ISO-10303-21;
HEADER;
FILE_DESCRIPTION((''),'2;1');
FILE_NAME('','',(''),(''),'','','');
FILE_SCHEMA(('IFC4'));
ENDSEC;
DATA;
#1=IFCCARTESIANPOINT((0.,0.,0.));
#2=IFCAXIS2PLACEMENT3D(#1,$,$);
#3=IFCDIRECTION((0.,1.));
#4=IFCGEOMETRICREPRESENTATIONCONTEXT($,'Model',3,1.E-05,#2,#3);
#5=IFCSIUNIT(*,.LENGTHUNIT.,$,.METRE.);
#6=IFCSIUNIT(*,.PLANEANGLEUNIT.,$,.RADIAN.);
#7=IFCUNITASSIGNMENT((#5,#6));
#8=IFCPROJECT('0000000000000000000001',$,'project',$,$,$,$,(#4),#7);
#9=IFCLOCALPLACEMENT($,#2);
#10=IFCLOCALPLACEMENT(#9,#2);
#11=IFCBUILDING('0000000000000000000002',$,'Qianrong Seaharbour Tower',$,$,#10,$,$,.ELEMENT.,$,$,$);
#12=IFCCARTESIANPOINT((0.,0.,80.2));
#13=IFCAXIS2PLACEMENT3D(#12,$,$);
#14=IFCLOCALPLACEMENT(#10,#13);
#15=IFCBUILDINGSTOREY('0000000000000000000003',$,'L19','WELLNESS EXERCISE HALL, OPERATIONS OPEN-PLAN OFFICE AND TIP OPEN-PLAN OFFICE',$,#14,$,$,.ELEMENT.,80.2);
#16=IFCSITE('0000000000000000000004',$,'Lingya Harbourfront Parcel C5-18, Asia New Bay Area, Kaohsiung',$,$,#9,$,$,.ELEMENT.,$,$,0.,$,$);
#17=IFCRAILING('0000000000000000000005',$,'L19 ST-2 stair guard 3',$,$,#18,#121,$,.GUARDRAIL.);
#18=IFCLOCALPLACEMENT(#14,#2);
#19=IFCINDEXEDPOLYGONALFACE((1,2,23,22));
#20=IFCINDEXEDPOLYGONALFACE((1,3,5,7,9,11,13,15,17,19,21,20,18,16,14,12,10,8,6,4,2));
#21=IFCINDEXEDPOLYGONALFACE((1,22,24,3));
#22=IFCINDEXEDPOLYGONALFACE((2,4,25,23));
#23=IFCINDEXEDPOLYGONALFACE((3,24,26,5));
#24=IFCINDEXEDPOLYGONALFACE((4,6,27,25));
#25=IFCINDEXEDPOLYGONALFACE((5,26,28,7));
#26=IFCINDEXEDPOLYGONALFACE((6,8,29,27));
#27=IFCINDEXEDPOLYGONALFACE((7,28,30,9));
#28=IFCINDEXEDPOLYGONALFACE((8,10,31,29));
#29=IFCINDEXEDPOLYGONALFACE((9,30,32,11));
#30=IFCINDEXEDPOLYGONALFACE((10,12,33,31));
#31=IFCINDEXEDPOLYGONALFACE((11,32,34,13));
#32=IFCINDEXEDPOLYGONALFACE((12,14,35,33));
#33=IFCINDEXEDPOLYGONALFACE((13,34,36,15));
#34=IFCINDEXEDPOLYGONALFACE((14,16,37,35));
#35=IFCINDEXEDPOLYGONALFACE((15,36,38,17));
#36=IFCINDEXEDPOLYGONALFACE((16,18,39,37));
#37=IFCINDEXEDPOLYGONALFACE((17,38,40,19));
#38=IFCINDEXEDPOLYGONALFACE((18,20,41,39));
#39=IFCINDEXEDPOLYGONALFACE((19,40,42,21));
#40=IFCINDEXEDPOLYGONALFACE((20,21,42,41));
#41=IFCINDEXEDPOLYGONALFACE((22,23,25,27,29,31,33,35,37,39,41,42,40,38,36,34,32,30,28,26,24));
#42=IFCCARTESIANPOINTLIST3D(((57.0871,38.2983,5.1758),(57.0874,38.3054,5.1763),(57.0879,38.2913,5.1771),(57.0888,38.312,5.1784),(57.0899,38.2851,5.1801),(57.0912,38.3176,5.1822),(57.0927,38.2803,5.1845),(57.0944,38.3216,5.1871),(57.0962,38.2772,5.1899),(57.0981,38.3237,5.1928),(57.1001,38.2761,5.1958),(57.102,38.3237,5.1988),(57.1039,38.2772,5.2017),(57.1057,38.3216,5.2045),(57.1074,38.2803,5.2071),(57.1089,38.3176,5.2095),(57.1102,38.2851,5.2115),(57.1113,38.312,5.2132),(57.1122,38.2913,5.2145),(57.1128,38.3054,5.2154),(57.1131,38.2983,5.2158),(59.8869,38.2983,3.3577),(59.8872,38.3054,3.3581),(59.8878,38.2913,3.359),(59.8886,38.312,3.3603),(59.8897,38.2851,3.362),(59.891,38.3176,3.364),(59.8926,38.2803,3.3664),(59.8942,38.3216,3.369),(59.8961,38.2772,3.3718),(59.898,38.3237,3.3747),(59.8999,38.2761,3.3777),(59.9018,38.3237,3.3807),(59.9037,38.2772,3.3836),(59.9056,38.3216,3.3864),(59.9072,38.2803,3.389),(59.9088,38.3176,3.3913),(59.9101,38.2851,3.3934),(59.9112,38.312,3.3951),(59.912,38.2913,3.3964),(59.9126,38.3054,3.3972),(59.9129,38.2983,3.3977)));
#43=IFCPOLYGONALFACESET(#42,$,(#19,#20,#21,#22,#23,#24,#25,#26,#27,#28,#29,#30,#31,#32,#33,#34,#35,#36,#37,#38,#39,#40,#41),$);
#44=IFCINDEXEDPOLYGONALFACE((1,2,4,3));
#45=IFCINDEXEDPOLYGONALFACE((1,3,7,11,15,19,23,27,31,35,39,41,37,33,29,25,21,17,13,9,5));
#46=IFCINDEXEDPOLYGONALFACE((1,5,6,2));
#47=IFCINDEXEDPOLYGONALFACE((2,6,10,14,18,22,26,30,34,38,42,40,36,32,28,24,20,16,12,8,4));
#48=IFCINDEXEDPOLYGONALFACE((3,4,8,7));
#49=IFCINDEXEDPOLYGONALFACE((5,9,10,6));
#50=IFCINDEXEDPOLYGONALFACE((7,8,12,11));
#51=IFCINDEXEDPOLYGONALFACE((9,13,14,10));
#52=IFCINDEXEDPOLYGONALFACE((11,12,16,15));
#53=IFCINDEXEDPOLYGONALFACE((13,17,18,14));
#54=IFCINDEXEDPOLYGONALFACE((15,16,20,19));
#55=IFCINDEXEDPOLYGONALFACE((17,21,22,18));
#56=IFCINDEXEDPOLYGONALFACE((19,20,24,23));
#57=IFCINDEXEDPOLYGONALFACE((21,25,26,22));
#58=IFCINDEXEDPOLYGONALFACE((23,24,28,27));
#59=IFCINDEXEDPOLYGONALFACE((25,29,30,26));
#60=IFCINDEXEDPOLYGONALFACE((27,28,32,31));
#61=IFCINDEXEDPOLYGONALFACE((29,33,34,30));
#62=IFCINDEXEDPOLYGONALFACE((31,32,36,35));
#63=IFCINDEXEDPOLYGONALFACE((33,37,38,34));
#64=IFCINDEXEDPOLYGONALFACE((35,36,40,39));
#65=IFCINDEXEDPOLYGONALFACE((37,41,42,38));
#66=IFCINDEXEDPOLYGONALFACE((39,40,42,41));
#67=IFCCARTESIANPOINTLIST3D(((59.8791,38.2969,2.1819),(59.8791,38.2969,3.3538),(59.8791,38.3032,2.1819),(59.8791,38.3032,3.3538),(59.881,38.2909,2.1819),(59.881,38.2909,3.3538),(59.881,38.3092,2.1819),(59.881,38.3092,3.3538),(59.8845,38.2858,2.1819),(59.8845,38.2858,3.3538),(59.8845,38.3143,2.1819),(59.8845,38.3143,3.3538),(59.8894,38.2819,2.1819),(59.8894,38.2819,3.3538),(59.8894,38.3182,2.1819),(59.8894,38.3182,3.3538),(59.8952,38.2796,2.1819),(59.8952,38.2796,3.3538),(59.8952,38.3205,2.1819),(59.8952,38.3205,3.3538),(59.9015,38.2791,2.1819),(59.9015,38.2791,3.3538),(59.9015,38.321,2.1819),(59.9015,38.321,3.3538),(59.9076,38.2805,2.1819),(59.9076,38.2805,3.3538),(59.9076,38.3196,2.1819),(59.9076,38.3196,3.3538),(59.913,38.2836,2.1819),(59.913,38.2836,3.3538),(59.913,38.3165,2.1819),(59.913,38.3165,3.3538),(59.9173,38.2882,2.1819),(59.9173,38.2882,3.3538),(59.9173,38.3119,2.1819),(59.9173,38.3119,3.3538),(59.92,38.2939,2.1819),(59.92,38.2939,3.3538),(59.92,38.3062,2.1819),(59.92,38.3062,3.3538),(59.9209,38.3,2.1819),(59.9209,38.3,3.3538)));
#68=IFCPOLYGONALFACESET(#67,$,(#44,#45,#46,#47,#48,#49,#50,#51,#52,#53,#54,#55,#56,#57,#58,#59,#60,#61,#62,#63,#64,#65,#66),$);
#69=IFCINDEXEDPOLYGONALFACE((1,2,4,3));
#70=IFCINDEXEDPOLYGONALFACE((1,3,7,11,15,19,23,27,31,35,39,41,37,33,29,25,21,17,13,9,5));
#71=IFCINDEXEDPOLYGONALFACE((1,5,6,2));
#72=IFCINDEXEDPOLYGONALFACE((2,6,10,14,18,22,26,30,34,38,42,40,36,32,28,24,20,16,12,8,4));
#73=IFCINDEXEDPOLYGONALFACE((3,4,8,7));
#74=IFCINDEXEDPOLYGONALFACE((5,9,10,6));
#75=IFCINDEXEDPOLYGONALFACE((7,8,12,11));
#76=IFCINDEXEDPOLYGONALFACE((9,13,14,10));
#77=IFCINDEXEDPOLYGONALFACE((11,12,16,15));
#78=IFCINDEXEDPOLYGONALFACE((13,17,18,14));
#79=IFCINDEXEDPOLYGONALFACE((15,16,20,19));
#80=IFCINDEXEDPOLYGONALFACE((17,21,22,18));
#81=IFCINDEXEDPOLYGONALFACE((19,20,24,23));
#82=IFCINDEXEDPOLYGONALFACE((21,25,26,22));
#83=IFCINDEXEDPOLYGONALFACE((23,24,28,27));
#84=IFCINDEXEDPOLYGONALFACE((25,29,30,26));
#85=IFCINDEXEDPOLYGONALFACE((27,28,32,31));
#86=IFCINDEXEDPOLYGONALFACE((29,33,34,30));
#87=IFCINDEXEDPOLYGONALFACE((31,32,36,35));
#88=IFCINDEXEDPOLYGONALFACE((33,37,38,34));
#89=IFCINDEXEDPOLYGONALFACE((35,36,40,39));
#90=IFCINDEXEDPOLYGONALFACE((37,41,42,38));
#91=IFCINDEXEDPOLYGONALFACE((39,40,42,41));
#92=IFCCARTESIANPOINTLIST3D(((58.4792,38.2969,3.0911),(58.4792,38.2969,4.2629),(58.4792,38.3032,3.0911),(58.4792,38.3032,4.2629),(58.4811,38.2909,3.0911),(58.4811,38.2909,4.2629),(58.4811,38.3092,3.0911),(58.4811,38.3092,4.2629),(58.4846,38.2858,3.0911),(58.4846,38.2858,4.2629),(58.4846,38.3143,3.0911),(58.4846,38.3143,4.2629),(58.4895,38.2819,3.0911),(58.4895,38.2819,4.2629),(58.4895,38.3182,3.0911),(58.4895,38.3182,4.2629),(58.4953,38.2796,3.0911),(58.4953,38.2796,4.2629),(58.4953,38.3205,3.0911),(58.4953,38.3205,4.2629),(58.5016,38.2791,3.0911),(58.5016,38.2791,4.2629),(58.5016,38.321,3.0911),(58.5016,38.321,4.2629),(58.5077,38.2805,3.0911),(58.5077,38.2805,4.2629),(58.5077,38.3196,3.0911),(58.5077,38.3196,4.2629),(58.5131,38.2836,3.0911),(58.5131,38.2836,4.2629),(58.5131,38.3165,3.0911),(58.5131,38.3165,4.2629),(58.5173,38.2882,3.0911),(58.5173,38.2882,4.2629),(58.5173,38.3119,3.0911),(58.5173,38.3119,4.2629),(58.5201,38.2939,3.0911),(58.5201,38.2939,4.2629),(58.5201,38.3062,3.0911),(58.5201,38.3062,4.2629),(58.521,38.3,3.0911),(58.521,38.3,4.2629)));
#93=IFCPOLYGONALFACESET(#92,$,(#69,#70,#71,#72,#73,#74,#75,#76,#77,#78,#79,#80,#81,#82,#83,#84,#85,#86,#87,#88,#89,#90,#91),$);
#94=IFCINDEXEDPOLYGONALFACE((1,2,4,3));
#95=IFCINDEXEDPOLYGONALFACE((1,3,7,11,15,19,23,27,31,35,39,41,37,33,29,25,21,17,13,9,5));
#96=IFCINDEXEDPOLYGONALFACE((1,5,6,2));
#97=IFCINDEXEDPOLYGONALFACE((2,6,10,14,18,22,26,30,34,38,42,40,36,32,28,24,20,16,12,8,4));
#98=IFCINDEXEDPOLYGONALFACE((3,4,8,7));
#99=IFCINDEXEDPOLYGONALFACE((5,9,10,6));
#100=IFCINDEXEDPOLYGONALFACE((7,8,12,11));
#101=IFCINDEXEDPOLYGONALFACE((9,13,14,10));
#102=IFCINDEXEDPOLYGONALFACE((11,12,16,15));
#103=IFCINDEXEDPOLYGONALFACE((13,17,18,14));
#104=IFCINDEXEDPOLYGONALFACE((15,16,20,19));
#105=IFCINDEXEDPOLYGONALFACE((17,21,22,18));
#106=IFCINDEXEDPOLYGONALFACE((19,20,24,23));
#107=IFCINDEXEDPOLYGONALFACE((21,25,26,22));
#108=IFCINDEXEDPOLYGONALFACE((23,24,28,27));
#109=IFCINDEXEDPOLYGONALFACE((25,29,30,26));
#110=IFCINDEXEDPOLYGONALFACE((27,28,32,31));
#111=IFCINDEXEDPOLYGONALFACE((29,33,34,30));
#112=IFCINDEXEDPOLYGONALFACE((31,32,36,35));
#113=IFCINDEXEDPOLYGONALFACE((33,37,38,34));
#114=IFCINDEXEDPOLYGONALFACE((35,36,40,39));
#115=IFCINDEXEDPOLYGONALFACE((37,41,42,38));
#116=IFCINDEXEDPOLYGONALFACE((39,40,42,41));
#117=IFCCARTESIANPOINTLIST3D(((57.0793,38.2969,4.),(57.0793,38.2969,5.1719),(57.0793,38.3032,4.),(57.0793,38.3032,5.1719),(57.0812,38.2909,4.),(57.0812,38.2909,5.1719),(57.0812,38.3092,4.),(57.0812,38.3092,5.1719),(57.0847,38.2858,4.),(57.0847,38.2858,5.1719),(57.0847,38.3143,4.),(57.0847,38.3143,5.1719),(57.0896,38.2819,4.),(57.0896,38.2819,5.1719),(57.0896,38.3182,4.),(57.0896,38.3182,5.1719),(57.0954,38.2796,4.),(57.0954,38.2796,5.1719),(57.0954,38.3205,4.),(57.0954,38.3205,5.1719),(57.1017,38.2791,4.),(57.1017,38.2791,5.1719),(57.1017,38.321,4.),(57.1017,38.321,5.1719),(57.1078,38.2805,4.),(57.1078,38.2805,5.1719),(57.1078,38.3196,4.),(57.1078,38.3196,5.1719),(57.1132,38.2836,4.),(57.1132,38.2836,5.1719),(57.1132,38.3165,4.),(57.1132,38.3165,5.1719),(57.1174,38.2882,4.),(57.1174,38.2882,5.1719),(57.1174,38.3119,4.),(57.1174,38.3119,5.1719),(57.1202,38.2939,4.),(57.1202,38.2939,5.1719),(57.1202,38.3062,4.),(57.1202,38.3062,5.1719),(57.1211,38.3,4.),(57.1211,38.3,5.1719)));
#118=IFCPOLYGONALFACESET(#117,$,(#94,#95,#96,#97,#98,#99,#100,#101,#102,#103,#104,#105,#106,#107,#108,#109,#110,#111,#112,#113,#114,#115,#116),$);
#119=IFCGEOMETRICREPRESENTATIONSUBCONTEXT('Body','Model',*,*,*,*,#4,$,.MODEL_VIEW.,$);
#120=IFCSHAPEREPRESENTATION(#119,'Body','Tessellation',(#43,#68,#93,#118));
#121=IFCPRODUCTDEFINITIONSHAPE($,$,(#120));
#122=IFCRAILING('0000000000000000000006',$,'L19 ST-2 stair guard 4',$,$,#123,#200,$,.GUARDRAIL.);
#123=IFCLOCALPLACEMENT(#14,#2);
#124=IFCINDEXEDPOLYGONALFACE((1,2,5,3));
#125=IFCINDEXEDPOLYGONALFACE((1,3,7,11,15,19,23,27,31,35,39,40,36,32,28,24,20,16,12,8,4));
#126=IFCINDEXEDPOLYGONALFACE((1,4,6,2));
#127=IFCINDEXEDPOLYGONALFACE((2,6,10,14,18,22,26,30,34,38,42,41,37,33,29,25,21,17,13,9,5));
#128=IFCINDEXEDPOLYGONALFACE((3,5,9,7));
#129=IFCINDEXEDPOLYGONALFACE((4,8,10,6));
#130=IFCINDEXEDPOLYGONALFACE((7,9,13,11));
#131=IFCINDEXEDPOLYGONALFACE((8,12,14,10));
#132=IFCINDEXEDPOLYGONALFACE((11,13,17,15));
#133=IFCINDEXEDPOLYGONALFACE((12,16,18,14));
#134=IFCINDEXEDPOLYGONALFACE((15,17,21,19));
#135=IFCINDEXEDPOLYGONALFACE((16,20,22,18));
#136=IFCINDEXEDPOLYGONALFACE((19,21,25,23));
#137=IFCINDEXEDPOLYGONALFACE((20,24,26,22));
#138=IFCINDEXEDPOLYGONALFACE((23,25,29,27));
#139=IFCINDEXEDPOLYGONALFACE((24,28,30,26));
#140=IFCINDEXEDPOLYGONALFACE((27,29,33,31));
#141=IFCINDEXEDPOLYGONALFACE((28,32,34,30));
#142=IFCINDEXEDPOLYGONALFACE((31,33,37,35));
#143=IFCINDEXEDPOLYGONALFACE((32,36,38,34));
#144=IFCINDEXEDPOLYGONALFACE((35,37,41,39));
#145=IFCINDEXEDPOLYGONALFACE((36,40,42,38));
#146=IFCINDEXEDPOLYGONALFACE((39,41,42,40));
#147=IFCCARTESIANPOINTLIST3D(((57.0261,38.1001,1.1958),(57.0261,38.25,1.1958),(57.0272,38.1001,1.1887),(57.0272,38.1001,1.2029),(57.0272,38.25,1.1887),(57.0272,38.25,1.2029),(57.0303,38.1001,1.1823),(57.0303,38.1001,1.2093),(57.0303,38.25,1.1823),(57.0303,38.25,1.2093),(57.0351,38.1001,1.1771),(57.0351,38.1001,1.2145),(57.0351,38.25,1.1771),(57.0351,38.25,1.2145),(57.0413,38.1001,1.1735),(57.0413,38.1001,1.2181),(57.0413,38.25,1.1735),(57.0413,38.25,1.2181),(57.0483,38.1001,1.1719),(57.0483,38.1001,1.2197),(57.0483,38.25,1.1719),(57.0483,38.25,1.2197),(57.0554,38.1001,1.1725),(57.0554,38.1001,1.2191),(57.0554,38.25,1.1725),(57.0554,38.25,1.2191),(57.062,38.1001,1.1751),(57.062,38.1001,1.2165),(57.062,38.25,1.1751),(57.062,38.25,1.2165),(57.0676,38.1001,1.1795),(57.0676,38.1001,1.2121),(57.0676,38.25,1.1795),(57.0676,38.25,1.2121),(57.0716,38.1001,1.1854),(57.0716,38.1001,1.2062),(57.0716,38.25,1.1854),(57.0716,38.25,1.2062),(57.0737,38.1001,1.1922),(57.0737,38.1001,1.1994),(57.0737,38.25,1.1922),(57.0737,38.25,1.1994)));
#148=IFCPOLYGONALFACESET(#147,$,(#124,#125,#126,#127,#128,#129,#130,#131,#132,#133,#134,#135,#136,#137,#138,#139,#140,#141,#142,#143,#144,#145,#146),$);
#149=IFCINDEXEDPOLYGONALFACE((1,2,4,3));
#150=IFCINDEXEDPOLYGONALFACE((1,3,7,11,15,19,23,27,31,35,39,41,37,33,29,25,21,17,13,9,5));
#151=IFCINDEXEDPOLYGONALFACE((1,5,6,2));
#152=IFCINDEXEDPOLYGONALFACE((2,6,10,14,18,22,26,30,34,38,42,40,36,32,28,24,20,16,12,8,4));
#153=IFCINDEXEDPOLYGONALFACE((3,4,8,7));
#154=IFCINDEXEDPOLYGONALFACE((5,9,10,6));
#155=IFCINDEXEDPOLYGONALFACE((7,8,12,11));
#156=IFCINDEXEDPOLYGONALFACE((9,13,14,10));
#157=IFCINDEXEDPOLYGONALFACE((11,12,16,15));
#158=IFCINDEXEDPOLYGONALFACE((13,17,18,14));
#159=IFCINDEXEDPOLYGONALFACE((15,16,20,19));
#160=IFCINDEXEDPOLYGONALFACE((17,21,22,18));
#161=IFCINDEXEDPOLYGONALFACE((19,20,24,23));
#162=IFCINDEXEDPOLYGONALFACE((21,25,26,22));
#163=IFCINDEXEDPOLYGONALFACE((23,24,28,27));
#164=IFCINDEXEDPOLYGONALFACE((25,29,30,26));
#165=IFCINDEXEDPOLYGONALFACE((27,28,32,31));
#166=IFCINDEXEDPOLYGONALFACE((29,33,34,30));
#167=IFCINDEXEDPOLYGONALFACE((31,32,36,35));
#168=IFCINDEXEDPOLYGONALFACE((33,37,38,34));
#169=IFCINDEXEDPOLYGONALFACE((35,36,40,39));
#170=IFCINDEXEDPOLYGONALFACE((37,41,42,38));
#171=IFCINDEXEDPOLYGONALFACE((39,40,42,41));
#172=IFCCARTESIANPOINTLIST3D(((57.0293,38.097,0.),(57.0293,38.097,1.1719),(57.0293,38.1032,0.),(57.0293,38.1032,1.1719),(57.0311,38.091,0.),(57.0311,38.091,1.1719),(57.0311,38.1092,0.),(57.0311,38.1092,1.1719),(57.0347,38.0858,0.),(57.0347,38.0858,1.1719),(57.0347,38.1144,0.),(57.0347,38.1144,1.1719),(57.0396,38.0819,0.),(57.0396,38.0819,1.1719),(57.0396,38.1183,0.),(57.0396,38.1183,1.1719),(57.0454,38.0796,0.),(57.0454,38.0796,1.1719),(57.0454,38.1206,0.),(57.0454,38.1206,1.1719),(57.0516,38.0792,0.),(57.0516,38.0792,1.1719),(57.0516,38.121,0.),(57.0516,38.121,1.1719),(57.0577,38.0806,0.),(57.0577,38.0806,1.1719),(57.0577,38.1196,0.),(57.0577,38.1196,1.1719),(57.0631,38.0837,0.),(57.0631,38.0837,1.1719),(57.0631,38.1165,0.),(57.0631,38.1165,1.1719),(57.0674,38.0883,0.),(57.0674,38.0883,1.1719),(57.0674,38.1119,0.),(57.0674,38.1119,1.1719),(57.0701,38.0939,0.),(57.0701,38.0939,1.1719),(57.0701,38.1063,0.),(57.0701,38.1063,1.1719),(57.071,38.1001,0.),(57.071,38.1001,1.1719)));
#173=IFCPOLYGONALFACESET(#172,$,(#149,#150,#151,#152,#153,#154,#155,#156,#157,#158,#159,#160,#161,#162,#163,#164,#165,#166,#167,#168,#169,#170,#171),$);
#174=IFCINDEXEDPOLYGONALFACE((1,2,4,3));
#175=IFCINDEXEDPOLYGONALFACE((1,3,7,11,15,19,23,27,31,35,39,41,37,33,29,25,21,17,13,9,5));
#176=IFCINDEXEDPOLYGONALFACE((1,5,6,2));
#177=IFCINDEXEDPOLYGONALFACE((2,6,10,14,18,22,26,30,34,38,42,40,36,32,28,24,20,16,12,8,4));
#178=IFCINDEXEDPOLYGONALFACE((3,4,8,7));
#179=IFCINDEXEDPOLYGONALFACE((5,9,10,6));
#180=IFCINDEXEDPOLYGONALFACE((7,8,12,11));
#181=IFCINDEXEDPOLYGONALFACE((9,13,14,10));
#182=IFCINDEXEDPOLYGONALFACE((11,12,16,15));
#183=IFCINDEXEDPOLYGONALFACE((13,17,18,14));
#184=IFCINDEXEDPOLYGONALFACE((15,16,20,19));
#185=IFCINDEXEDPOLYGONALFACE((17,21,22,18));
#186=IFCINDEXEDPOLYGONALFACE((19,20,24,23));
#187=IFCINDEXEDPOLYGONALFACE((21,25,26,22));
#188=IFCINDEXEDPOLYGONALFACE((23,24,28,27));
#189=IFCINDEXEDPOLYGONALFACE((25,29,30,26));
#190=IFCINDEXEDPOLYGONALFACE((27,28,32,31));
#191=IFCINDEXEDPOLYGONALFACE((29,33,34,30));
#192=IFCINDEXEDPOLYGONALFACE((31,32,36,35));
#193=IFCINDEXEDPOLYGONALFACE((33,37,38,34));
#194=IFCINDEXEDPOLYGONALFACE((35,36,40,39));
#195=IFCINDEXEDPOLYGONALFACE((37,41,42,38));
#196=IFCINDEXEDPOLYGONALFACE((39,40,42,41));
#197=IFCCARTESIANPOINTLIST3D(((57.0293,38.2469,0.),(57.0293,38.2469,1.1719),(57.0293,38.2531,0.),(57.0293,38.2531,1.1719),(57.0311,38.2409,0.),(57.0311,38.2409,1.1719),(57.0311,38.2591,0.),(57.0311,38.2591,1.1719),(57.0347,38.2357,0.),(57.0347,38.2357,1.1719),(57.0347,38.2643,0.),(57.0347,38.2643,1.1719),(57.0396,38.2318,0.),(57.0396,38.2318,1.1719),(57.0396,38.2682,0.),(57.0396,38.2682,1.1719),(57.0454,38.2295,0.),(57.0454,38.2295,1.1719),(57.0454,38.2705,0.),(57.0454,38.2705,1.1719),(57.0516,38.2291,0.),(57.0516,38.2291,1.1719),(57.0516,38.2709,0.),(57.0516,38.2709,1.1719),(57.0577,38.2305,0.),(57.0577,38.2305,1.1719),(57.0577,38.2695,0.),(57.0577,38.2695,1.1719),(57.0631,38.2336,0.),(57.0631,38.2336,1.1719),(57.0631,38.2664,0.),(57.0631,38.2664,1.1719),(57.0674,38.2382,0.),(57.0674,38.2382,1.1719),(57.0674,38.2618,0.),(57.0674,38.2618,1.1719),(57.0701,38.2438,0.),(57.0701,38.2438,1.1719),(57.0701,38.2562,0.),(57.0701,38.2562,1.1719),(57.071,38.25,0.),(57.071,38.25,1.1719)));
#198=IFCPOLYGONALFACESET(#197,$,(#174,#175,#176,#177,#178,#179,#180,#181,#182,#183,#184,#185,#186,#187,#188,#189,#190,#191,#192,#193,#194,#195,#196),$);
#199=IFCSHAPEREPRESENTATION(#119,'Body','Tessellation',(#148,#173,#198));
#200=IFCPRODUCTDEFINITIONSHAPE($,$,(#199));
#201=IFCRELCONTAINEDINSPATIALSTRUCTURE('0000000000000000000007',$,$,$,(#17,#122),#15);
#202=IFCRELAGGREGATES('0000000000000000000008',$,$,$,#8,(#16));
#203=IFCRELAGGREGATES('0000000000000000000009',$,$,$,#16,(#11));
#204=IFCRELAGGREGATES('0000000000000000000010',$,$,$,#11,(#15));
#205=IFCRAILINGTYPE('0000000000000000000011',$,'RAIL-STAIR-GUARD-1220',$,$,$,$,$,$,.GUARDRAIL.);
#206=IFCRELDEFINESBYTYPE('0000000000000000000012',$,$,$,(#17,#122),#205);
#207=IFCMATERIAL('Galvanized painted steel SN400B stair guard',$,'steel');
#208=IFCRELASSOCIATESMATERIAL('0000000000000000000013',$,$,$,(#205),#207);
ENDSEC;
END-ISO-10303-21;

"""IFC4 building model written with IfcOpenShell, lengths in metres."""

from ifc_helpers import new_model, si_unit, direction, frame, origin, origin_2d, place, context, subcontext, project, spatial, circle, extrude, material, type_object, element, save


model = new_model("IFC4")

# Units and contexts
model_context = context("Model", 3, precision=1e-05, world=origin(), true_north=direction((0.0, 1.0)))
body_context = subcontext(model_context, "Body", "Model", "MODEL_VIEW")
ifc_project = project(units=[si_unit("LENGTHUNIT", "METRE"), si_unit("PLANEANGLEUNIT", "RADIAN")], contexts=[model_context])

# Site, building, storey
site_placement = place(None, origin())
site = spatial("IfcSite", under=ifc_project, at=site_placement, Name="Lingya Harbourfront Parcel C5-18, Asia New Bay Area, Kaohsiung", CompositionType="ELEMENT", RefElevation=0.0)
building_placement = place(site_placement, origin())
building = spatial("IfcBuilding", under=site, at=building_placement, Name="Qianrong Seaharbour Tower", CompositionType="ELEMENT")
storey_placement = place(building_placement, frame((0.0, 0.0, 80.2)))
storey = spatial("IfcBuildingStorey", under=building, at=storey_placement, Name="L19", Description="WELLNESS EXERCISE HALL, OPERATIONS OPEN-PLAN OFFICE AND TIP OPEN-PLAN OFFICE", CompositionType="ELEMENT", Elevation=80.2)

# Railings
ifc_material_1 = material(Name="Galvanized painted steel SN400B stair guard", Category="steel")
railing_type_1 = type_object("IfcRailingType", Name="RAIL-STAIR-GUARD-1220", PredefinedType="GUARDRAIL", material=ifc_material_1)
railing_1_placement = place(storey_placement, frame((59.8999, 38.3, 2.1819)))
element("IfcRailing", 1, at=railing_1_placement, inside=storey, type_object=railing_type_1, Name="L19 ST-2 stair guard 3", PredefinedType="GUARDRAIL", context=body_context, shape_type="SweptSolid", body=[
    extrude(circle(Radius=0.0239, at=origin_2d()), frame((0.0, 0.0, 1.1958), z_axis=(-0.838684, 0.0, 0.544618), x_axis=(0.0, -1.0, 0.0)), (0.0, 0.0, 1.0), 3.3384),
    extrude(circle(Radius=0.021, at=origin_2d()), origin(), (0.0, 0.0, 1.0), 1.1719),
    extrude(circle(Radius=0.021, at=origin_2d()), frame((-1.3999, 0.0, 0.9092)), (0.0, 0.0, 1.0), 1.1719),
    extrude(circle(Radius=0.021, at=origin_2d()), frame((-2.7998, 0.0, 1.8181)), (0.0, 0.0, 1.0), 1.1719),
])
railing_2_placement = place(storey_placement, frame((57.05, 38.1001, 0.0)))
element("IfcRailing", 2, at=railing_2_placement, inside=storey, type_object=railing_type_1, Name="L19 ST-2 stair guard 4", PredefinedType="GUARDRAIL", context=body_context, shape_type="SweptSolid", body=[
    extrude(circle(Radius=0.0239, at=origin_2d()), frame((0.0, 0.0, 1.1958), z_axis=(0.0, 1.0, 0.0), x_axis=(-1.0, 0.0, 0.0)), (0.0, 0.0, 1.0), 0.1499),
    extrude(circle(Radius=0.021, at=origin_2d()), origin(), (0.0, 0.0, 1.0), 1.1719),
    extrude(circle(Radius=0.021, at=origin_2d()), frame((0.0, 0.1499, 0.0)), (0.0, 0.0, 1.0), 1.1719),
])

save(model, "model.ifc")
